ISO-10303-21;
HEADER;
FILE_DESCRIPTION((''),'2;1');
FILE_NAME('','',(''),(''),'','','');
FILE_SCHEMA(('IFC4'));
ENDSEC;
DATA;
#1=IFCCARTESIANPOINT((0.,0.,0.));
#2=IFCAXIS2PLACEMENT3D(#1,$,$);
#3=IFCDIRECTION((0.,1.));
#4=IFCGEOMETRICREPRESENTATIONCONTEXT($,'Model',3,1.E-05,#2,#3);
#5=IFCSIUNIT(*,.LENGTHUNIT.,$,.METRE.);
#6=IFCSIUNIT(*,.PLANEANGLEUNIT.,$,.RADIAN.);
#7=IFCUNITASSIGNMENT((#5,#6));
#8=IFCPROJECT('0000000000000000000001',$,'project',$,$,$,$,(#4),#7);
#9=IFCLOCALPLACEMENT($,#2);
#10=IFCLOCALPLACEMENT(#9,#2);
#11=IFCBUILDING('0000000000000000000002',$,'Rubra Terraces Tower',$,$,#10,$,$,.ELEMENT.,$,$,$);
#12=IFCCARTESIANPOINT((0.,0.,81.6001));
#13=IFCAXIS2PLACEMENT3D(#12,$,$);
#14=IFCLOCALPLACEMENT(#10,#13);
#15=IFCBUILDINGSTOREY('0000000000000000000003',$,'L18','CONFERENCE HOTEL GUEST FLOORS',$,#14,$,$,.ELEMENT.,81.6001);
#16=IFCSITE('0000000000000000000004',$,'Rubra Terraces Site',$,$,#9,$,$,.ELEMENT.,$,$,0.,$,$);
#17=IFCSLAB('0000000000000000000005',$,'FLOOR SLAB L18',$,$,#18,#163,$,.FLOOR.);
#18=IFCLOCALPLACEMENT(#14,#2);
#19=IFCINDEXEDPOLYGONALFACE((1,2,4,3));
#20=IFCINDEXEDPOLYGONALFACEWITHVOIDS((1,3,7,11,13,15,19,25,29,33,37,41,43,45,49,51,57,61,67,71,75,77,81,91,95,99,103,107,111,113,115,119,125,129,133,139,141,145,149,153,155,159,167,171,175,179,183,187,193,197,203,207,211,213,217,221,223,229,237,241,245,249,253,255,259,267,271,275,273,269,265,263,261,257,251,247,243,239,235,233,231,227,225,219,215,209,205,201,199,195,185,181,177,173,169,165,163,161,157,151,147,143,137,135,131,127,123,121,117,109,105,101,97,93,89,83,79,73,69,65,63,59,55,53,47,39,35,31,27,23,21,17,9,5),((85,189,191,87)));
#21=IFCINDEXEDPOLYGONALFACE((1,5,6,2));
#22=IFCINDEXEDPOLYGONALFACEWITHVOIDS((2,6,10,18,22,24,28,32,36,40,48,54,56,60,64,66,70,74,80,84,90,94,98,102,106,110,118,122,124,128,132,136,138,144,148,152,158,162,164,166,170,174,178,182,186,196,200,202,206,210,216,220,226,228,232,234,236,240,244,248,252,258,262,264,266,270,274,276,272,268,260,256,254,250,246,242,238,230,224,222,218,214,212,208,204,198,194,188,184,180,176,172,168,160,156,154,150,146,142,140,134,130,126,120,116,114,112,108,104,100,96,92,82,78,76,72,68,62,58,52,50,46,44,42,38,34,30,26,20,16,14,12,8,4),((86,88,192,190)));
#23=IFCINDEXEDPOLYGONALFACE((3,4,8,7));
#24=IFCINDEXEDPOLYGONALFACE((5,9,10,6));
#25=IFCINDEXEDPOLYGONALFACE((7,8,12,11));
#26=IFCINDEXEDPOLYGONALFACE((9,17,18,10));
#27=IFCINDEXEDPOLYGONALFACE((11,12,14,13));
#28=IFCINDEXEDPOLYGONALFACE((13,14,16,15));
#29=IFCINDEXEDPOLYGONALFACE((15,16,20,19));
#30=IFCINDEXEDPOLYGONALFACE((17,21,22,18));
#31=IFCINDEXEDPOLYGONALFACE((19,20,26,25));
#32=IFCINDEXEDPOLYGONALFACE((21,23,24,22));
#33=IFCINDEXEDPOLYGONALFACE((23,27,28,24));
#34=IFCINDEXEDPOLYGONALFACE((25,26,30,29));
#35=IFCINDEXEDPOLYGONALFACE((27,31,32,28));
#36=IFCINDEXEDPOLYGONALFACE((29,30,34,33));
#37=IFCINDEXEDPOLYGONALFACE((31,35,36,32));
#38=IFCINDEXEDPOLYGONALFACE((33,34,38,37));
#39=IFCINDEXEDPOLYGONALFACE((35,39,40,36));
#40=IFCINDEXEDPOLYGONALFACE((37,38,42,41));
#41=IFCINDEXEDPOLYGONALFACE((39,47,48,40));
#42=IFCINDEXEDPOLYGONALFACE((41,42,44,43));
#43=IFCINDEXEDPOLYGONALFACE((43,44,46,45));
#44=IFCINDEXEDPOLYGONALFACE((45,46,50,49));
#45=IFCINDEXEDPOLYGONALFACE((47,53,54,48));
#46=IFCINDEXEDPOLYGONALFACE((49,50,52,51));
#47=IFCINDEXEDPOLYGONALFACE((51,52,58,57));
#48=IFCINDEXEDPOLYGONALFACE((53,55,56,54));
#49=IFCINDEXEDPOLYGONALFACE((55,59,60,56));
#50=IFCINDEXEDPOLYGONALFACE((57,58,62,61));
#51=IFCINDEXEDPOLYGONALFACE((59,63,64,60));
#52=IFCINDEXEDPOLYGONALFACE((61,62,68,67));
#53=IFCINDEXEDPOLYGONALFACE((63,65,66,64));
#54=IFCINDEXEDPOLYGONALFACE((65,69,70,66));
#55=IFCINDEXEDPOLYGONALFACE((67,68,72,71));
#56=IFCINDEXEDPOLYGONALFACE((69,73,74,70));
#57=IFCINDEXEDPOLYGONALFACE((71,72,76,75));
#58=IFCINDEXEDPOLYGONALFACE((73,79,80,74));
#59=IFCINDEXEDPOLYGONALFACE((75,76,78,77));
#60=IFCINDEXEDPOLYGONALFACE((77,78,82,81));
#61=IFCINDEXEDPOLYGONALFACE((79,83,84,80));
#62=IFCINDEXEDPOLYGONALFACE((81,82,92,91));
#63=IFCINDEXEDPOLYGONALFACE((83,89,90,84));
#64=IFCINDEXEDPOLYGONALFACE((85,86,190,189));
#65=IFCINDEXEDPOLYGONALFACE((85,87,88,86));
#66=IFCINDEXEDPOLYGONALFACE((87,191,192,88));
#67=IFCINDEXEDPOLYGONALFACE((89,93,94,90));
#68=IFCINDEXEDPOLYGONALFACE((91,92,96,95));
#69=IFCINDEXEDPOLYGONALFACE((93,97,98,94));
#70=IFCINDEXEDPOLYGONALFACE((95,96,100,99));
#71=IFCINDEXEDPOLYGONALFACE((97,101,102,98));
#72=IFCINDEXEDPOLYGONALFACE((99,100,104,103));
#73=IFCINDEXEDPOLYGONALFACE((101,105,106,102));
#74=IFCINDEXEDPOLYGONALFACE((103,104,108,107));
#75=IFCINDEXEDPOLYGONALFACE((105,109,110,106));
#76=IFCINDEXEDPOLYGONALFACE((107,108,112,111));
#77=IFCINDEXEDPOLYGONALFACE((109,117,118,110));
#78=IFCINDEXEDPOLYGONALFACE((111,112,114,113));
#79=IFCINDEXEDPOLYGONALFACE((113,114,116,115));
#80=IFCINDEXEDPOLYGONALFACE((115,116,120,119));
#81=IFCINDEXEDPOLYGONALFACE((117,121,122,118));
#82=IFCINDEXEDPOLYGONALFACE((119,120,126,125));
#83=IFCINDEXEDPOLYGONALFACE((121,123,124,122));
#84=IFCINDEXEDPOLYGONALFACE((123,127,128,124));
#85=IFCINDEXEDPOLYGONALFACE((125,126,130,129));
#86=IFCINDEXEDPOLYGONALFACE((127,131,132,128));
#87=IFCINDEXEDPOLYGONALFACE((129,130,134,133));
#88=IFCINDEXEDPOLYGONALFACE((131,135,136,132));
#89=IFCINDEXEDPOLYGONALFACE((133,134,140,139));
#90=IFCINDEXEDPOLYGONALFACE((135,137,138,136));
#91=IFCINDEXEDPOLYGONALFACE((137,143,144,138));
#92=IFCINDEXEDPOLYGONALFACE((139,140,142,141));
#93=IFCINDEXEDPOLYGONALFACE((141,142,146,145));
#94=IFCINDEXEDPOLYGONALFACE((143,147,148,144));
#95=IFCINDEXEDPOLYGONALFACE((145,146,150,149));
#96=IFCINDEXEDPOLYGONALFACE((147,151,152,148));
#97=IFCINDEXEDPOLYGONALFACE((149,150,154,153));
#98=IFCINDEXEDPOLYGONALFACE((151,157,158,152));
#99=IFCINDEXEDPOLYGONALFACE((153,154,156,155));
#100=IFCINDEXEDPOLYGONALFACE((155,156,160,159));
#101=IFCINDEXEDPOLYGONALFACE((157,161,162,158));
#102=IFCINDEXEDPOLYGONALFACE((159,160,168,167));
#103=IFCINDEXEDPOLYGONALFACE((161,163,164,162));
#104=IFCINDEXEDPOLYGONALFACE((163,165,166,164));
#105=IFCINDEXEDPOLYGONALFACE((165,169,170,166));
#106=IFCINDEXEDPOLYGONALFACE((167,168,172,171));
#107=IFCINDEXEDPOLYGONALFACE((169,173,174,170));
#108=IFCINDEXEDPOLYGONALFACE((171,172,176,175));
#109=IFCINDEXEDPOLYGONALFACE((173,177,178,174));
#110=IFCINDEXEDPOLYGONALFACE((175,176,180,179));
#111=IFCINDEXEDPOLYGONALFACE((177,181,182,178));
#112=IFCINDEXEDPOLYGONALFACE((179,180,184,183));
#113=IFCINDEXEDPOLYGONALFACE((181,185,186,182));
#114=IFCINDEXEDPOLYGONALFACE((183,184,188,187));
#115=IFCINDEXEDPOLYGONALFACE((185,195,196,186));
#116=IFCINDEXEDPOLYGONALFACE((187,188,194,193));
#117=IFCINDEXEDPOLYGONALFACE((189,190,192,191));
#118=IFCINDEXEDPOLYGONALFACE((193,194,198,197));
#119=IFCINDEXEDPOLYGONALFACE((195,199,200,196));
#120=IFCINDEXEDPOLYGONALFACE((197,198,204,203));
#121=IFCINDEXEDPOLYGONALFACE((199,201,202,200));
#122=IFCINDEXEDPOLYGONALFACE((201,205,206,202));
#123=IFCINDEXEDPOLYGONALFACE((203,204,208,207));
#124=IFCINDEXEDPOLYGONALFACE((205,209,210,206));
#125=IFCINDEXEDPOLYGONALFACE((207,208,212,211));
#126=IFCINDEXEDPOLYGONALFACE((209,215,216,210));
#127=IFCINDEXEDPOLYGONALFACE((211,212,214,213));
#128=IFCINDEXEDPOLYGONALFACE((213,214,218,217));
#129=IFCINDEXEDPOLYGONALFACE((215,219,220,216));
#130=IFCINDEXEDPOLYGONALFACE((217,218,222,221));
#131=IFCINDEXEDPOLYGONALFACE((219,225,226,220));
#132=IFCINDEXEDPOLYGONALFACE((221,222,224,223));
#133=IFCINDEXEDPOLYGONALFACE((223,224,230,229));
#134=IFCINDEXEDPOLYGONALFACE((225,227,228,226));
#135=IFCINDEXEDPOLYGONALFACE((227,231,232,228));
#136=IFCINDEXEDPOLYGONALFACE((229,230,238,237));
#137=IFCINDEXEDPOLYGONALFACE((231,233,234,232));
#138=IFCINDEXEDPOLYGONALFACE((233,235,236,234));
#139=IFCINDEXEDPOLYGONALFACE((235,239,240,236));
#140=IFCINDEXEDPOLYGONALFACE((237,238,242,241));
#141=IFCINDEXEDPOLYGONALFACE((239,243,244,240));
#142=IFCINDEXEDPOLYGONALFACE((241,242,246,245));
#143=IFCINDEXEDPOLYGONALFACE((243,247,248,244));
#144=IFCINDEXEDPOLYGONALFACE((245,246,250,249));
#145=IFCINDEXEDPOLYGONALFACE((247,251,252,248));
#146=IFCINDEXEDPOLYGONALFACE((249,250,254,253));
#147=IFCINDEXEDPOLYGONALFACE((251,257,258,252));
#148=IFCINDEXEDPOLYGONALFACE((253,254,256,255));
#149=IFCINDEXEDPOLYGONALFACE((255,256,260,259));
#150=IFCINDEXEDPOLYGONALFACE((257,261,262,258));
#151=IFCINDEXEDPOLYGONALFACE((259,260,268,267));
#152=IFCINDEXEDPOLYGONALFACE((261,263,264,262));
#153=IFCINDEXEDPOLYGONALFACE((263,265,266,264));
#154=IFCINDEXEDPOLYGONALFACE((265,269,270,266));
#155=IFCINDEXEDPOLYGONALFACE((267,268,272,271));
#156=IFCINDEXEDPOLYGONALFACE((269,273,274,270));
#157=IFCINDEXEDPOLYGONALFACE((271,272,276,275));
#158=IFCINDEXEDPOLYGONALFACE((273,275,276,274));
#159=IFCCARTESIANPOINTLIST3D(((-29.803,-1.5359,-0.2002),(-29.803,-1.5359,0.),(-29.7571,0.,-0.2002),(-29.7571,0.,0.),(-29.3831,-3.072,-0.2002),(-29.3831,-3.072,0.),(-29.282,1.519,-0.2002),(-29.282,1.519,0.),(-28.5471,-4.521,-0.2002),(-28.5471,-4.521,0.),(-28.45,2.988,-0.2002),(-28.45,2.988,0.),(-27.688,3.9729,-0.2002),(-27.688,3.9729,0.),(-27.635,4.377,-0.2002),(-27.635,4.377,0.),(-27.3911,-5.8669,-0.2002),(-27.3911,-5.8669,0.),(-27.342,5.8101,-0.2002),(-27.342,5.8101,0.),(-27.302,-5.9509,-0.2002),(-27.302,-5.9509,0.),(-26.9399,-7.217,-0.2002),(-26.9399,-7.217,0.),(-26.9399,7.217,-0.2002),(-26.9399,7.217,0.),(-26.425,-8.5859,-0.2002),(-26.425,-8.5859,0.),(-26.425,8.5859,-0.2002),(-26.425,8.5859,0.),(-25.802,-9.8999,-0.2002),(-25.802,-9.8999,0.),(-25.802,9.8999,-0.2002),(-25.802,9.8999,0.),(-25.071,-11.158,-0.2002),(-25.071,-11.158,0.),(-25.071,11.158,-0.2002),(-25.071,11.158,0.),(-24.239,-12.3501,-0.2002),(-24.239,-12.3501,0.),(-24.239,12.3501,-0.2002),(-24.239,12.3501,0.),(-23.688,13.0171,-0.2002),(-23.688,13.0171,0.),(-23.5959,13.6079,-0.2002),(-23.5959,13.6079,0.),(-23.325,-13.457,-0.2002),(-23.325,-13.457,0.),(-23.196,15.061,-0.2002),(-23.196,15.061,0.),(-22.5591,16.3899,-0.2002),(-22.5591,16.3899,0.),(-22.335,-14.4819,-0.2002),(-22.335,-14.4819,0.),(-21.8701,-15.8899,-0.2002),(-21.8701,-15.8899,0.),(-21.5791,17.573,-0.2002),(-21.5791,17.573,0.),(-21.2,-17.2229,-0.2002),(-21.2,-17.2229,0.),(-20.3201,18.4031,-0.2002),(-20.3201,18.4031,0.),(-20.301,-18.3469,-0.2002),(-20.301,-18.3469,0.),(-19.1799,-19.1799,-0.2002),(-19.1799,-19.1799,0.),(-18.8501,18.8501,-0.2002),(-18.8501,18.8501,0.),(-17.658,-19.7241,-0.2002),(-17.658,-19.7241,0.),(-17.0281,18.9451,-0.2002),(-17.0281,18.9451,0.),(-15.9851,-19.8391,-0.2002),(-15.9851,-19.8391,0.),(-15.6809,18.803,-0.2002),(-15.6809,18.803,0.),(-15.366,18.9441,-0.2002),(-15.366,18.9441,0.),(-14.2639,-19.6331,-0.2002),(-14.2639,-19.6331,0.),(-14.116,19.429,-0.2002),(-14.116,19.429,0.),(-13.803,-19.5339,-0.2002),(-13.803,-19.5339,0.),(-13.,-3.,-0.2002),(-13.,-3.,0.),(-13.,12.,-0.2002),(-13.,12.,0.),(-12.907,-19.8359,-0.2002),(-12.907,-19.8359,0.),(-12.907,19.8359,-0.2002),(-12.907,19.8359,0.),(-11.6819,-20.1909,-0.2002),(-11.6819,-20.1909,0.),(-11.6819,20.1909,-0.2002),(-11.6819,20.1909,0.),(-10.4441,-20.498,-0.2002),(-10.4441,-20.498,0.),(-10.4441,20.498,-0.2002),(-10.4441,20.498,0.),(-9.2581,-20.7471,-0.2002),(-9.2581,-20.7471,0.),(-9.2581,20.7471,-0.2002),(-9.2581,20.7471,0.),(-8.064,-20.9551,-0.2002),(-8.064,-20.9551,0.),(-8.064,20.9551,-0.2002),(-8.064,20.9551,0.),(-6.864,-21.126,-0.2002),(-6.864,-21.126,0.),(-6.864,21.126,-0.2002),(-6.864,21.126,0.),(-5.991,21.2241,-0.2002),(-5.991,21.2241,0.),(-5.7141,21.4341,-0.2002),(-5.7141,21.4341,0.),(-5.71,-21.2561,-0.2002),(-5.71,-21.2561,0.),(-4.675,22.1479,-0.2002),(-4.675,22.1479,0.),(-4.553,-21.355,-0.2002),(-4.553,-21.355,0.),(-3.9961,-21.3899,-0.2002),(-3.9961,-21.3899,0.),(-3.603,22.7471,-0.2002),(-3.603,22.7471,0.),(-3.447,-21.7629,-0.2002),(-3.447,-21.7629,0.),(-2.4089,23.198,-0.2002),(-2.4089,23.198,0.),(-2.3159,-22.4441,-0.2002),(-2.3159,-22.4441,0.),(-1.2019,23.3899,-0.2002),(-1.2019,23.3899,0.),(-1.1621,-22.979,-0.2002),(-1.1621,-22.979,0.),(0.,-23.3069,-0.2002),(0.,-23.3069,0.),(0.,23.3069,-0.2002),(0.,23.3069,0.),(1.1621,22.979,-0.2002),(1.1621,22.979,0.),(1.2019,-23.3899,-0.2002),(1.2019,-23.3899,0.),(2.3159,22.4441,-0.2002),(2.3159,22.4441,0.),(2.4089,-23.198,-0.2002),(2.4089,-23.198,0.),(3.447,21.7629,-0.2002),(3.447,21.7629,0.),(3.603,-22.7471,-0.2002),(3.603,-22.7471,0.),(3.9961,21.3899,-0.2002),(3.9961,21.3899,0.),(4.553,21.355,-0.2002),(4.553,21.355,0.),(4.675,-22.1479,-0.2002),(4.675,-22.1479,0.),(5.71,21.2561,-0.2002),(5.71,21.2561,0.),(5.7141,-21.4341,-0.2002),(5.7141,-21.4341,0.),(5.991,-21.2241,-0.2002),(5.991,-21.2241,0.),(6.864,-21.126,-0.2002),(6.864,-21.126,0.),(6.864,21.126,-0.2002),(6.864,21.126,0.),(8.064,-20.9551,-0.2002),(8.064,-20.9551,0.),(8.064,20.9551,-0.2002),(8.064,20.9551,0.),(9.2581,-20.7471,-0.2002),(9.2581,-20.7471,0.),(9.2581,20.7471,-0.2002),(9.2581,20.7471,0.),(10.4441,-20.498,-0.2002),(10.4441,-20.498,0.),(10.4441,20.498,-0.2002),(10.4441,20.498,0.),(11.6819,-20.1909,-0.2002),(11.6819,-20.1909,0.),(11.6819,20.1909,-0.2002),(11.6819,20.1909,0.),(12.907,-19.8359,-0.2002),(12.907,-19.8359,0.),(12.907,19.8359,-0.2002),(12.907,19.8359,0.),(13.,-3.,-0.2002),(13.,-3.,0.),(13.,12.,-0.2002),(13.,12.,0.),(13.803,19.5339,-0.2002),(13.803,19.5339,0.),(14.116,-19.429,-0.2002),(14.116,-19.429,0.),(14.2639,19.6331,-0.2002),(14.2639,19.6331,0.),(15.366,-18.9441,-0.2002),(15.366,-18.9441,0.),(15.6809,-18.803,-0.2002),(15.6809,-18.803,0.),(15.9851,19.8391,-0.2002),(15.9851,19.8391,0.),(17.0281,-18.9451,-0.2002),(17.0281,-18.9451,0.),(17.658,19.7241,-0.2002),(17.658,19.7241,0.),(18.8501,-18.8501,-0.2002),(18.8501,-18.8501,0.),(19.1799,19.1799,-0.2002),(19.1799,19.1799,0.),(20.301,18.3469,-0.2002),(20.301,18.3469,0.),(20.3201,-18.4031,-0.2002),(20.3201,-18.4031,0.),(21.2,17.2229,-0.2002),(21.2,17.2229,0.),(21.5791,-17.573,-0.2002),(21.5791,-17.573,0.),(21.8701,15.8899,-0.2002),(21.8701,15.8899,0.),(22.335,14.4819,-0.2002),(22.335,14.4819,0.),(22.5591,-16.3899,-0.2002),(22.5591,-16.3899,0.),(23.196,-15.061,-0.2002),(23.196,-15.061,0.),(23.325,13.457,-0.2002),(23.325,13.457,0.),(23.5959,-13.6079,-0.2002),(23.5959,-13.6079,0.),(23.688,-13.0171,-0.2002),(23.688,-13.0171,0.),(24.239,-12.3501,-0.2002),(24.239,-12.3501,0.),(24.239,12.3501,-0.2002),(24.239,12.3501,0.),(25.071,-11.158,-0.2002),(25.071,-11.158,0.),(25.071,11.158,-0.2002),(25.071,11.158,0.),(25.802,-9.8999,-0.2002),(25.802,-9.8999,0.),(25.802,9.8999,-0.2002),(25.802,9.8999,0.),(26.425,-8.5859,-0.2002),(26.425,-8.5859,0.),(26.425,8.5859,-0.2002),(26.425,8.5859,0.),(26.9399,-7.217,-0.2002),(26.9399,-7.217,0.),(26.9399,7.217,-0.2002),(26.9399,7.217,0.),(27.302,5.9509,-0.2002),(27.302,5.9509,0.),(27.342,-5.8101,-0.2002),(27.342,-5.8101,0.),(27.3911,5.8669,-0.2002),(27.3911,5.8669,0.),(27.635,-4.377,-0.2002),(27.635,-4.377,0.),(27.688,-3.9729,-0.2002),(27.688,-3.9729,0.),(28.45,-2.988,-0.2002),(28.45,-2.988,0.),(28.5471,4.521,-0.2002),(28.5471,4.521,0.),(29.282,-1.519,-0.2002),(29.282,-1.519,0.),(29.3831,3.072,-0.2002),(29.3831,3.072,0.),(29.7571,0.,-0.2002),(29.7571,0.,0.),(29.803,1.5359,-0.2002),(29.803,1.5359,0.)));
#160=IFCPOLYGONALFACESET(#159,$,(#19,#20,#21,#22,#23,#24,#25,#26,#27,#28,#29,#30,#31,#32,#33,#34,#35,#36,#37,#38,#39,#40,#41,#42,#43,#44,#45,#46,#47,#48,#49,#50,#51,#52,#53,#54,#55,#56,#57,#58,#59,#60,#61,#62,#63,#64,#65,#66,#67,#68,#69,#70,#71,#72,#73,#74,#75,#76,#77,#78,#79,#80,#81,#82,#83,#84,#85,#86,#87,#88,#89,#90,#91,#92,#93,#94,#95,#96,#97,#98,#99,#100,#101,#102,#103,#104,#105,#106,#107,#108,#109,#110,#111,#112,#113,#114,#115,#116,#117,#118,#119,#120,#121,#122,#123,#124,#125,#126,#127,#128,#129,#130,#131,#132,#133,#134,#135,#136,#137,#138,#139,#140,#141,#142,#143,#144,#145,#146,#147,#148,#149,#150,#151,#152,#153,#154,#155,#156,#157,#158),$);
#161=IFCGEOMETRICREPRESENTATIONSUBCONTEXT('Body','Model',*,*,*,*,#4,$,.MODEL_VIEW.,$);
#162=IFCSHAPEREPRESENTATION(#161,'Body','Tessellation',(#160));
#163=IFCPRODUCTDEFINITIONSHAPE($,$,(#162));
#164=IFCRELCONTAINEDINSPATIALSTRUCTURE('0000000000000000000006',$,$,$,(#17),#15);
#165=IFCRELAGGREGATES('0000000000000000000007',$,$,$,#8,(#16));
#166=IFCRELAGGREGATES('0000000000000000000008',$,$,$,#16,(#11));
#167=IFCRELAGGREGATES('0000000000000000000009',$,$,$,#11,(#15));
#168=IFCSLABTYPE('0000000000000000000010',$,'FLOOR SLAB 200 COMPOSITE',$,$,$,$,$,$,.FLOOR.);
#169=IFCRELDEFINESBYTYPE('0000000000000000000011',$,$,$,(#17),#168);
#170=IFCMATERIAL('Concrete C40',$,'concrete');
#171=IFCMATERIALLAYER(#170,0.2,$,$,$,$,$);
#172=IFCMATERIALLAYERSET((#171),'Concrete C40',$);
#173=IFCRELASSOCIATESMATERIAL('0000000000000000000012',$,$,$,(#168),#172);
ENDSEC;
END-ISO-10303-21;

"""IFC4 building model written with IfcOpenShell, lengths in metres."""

from ifc_helpers import new_model, si_unit, direction, frame, origin, place, context, subcontext, project, spatial, polyline, outline, extrude, material, layer, layer_set, type_object, element, save


model = new_model("IFC4")

# Units and contexts
model_context = context("Model", 3, precision=1e-05, world=origin(), true_north=direction((0.0, 1.0)))
body_context = subcontext(model_context, "Body", "Model", "MODEL_VIEW")
ifc_project = project(units=[si_unit("LENGTHUNIT", "METRE"), si_unit("PLANEANGLEUNIT", "RADIAN")], contexts=[model_context])

# Site, building, storey
site_placement = place(None, origin())
site = spatial("IfcSite", under=ifc_project, at=site_placement, Name="Rubra Terraces Site", CompositionType="ELEMENT", RefElevation=0.0)
building_placement = place(site_placement, origin())
building = spatial("IfcBuilding", under=site, at=building_placement, Name="Rubra Terraces Tower", CompositionType="ELEMENT")
storey_placement = place(building_placement, frame((0.0, 0.0, 81.6001)))
storey = spatial("IfcBuildingStorey", under=building, at=storey_placement, Name="L18", Description="CONFERENCE HOTEL GUEST FLOORS", CompositionType="ELEMENT", Elevation=81.6001)

# Slab
ifc_material_1 = material(Name="Concrete C40", Category="concrete")
ifc_layer_1 = layer(ifc_material_1, 0.2)
ifc_layer_set_1 = layer_set([ifc_layer_1], Name="Concrete C40")
slab_type = type_object("IfcSlabType", Name="FLOOR SLAB 200 COMPOSITE", PredefinedType="FLOOR", material=ifc_layer_set_1)
slab_placement = place(storey_placement, frame((0.0, 0.0, -0.2002)))
element("IfcSlab", 1, at=slab_placement, inside=storey, type_object=slab_type, Name="FLOOR SLAB L18", PredefinedType="FLOOR", context=body_context, shape_type="SweptSolid", body=[
    extrude(outline(polyline([(-8.064, -20.9551), (-6.864, -21.126), (-5.71, -21.2561), (-4.553, -21.355), (-3.9961, -21.3899), (-3.447, -21.7629), (-2.3159, -22.4441), (-1.1621, -22.979), (0.0, -23.3069), (1.2019, -23.3899), (2.4089, -23.198), (3.603, -22.7471), (4.675, -22.1479), (5.7141, -21.4341), (5.991, -21.2241), (6.864, -21.126), (8.064, -20.9551), (9.2581, -20.7471), (10.4441, -20.498), (11.6819, -20.1909), (12.907, -19.8359), (14.116, -19.429), (15.366, -18.9441), (15.6809, -18.803), (17.0281, -18.9451), (18.8501, -18.8501), (20.3201, -18.4031), (21.5791, -17.573), (22.5591, -16.3899), (23.196, -15.061), (23.5959, -13.6079), (23.688, -13.0171), (24.239, -12.3501), (25.071, -11.158), (25.802, -9.8999), (26.425, -8.5859), (26.9399, -7.217), (27.342, -5.8101), (27.635, -4.377), (27.688, -3.9729), (28.45, -2.988), (29.282, -1.519), (29.7571, 0.0), (29.803, 1.5359), (29.3831, 3.072), (28.5471, 4.521), (27.3911, 5.8669), (27.302, 5.9509), (26.9399, 7.217), (26.425, 8.5859), (25.802, 9.8999), (25.071, 11.158), (24.239, 12.3501), (23.325, 13.457), (22.335, 14.4819), (21.8701, 15.8899), (21.2, 17.2229), (20.301, 18.3469), (19.1799, 19.1799), (17.658, 19.7241), (15.9851, 19.8391), (14.2639, 19.6331), (13.803, 19.5339), (12.907, 19.8359), (11.6819, 20.1909), (10.4441, 20.498), (9.2581, 20.7471), (8.064, 20.9551), (6.864, 21.126), (5.71, 21.2561), (4.553, 21.355), (3.9961, 21.3899), (3.447, 21.7629), (2.3159, 22.4441), (1.1621, 22.979), (0.0, 23.3069), (-1.2019, 23.3899), (-2.4089, 23.198), (-3.603, 22.7471), (-4.675, 22.1479), (-5.7141, 21.4341), (-5.991, 21.2241), (-6.864, 21.126), (-8.064, 20.9551), (-9.2581, 20.7471), (-10.4441, 20.498), (-11.6819, 20.1909), (-12.907, 19.8359), (-14.116, 19.429), (-15.366, 18.9441), (-15.6809, 18.803), (-17.0281, 18.9451), (-18.8501, 18.8501), (-20.3201, 18.4031), (-21.5791, 17.573), (-22.5591, 16.3899), (-23.196, 15.061), (-23.5959, 13.6079), (-23.688, 13.0171), (-24.239, 12.3501), (-25.071, 11.158), (-25.802, 9.8999), (-26.425, 8.5859), (-26.9399, 7.217), (-27.342, 5.8101), (-27.635, 4.377), (-27.688, 3.9729), (-28.45, 2.988), (-29.282, 1.519), (-29.7571, 0.0), (-29.803, -1.5359), (-29.3831, -3.072), (-28.5471, -4.521), (-27.3911, -5.8669), (-27.302, -5.9509), (-26.9399, -7.217), (-26.425, -8.5859), (-25.802, -9.8999), (-25.071, -11.158), (-24.239, -12.3501), (-23.325, -13.457), (-22.335, -14.4819), (-21.8701, -15.8899), (-21.2, -17.2229), (-20.301, -18.3469), (-19.1799, -19.1799), (-17.658, -19.7241), (-15.9851, -19.8391), (-14.2639, -19.6331), (-13.803, -19.5339), (-12.907, -19.8359), (-11.6819, -20.1909), (-10.4441, -20.498), (-9.2581, -20.7471), (-8.064, -20.9551)]), holes=[polyline([(13.0, 12.0), (13.0, -3.0), (-13.0, -3.0), (-13.0, 12.0), (13.0, 12.0)])]), origin(), (0.0, 0.0, 1.0), 0.2002),
])

save(model, "model.ifc")
